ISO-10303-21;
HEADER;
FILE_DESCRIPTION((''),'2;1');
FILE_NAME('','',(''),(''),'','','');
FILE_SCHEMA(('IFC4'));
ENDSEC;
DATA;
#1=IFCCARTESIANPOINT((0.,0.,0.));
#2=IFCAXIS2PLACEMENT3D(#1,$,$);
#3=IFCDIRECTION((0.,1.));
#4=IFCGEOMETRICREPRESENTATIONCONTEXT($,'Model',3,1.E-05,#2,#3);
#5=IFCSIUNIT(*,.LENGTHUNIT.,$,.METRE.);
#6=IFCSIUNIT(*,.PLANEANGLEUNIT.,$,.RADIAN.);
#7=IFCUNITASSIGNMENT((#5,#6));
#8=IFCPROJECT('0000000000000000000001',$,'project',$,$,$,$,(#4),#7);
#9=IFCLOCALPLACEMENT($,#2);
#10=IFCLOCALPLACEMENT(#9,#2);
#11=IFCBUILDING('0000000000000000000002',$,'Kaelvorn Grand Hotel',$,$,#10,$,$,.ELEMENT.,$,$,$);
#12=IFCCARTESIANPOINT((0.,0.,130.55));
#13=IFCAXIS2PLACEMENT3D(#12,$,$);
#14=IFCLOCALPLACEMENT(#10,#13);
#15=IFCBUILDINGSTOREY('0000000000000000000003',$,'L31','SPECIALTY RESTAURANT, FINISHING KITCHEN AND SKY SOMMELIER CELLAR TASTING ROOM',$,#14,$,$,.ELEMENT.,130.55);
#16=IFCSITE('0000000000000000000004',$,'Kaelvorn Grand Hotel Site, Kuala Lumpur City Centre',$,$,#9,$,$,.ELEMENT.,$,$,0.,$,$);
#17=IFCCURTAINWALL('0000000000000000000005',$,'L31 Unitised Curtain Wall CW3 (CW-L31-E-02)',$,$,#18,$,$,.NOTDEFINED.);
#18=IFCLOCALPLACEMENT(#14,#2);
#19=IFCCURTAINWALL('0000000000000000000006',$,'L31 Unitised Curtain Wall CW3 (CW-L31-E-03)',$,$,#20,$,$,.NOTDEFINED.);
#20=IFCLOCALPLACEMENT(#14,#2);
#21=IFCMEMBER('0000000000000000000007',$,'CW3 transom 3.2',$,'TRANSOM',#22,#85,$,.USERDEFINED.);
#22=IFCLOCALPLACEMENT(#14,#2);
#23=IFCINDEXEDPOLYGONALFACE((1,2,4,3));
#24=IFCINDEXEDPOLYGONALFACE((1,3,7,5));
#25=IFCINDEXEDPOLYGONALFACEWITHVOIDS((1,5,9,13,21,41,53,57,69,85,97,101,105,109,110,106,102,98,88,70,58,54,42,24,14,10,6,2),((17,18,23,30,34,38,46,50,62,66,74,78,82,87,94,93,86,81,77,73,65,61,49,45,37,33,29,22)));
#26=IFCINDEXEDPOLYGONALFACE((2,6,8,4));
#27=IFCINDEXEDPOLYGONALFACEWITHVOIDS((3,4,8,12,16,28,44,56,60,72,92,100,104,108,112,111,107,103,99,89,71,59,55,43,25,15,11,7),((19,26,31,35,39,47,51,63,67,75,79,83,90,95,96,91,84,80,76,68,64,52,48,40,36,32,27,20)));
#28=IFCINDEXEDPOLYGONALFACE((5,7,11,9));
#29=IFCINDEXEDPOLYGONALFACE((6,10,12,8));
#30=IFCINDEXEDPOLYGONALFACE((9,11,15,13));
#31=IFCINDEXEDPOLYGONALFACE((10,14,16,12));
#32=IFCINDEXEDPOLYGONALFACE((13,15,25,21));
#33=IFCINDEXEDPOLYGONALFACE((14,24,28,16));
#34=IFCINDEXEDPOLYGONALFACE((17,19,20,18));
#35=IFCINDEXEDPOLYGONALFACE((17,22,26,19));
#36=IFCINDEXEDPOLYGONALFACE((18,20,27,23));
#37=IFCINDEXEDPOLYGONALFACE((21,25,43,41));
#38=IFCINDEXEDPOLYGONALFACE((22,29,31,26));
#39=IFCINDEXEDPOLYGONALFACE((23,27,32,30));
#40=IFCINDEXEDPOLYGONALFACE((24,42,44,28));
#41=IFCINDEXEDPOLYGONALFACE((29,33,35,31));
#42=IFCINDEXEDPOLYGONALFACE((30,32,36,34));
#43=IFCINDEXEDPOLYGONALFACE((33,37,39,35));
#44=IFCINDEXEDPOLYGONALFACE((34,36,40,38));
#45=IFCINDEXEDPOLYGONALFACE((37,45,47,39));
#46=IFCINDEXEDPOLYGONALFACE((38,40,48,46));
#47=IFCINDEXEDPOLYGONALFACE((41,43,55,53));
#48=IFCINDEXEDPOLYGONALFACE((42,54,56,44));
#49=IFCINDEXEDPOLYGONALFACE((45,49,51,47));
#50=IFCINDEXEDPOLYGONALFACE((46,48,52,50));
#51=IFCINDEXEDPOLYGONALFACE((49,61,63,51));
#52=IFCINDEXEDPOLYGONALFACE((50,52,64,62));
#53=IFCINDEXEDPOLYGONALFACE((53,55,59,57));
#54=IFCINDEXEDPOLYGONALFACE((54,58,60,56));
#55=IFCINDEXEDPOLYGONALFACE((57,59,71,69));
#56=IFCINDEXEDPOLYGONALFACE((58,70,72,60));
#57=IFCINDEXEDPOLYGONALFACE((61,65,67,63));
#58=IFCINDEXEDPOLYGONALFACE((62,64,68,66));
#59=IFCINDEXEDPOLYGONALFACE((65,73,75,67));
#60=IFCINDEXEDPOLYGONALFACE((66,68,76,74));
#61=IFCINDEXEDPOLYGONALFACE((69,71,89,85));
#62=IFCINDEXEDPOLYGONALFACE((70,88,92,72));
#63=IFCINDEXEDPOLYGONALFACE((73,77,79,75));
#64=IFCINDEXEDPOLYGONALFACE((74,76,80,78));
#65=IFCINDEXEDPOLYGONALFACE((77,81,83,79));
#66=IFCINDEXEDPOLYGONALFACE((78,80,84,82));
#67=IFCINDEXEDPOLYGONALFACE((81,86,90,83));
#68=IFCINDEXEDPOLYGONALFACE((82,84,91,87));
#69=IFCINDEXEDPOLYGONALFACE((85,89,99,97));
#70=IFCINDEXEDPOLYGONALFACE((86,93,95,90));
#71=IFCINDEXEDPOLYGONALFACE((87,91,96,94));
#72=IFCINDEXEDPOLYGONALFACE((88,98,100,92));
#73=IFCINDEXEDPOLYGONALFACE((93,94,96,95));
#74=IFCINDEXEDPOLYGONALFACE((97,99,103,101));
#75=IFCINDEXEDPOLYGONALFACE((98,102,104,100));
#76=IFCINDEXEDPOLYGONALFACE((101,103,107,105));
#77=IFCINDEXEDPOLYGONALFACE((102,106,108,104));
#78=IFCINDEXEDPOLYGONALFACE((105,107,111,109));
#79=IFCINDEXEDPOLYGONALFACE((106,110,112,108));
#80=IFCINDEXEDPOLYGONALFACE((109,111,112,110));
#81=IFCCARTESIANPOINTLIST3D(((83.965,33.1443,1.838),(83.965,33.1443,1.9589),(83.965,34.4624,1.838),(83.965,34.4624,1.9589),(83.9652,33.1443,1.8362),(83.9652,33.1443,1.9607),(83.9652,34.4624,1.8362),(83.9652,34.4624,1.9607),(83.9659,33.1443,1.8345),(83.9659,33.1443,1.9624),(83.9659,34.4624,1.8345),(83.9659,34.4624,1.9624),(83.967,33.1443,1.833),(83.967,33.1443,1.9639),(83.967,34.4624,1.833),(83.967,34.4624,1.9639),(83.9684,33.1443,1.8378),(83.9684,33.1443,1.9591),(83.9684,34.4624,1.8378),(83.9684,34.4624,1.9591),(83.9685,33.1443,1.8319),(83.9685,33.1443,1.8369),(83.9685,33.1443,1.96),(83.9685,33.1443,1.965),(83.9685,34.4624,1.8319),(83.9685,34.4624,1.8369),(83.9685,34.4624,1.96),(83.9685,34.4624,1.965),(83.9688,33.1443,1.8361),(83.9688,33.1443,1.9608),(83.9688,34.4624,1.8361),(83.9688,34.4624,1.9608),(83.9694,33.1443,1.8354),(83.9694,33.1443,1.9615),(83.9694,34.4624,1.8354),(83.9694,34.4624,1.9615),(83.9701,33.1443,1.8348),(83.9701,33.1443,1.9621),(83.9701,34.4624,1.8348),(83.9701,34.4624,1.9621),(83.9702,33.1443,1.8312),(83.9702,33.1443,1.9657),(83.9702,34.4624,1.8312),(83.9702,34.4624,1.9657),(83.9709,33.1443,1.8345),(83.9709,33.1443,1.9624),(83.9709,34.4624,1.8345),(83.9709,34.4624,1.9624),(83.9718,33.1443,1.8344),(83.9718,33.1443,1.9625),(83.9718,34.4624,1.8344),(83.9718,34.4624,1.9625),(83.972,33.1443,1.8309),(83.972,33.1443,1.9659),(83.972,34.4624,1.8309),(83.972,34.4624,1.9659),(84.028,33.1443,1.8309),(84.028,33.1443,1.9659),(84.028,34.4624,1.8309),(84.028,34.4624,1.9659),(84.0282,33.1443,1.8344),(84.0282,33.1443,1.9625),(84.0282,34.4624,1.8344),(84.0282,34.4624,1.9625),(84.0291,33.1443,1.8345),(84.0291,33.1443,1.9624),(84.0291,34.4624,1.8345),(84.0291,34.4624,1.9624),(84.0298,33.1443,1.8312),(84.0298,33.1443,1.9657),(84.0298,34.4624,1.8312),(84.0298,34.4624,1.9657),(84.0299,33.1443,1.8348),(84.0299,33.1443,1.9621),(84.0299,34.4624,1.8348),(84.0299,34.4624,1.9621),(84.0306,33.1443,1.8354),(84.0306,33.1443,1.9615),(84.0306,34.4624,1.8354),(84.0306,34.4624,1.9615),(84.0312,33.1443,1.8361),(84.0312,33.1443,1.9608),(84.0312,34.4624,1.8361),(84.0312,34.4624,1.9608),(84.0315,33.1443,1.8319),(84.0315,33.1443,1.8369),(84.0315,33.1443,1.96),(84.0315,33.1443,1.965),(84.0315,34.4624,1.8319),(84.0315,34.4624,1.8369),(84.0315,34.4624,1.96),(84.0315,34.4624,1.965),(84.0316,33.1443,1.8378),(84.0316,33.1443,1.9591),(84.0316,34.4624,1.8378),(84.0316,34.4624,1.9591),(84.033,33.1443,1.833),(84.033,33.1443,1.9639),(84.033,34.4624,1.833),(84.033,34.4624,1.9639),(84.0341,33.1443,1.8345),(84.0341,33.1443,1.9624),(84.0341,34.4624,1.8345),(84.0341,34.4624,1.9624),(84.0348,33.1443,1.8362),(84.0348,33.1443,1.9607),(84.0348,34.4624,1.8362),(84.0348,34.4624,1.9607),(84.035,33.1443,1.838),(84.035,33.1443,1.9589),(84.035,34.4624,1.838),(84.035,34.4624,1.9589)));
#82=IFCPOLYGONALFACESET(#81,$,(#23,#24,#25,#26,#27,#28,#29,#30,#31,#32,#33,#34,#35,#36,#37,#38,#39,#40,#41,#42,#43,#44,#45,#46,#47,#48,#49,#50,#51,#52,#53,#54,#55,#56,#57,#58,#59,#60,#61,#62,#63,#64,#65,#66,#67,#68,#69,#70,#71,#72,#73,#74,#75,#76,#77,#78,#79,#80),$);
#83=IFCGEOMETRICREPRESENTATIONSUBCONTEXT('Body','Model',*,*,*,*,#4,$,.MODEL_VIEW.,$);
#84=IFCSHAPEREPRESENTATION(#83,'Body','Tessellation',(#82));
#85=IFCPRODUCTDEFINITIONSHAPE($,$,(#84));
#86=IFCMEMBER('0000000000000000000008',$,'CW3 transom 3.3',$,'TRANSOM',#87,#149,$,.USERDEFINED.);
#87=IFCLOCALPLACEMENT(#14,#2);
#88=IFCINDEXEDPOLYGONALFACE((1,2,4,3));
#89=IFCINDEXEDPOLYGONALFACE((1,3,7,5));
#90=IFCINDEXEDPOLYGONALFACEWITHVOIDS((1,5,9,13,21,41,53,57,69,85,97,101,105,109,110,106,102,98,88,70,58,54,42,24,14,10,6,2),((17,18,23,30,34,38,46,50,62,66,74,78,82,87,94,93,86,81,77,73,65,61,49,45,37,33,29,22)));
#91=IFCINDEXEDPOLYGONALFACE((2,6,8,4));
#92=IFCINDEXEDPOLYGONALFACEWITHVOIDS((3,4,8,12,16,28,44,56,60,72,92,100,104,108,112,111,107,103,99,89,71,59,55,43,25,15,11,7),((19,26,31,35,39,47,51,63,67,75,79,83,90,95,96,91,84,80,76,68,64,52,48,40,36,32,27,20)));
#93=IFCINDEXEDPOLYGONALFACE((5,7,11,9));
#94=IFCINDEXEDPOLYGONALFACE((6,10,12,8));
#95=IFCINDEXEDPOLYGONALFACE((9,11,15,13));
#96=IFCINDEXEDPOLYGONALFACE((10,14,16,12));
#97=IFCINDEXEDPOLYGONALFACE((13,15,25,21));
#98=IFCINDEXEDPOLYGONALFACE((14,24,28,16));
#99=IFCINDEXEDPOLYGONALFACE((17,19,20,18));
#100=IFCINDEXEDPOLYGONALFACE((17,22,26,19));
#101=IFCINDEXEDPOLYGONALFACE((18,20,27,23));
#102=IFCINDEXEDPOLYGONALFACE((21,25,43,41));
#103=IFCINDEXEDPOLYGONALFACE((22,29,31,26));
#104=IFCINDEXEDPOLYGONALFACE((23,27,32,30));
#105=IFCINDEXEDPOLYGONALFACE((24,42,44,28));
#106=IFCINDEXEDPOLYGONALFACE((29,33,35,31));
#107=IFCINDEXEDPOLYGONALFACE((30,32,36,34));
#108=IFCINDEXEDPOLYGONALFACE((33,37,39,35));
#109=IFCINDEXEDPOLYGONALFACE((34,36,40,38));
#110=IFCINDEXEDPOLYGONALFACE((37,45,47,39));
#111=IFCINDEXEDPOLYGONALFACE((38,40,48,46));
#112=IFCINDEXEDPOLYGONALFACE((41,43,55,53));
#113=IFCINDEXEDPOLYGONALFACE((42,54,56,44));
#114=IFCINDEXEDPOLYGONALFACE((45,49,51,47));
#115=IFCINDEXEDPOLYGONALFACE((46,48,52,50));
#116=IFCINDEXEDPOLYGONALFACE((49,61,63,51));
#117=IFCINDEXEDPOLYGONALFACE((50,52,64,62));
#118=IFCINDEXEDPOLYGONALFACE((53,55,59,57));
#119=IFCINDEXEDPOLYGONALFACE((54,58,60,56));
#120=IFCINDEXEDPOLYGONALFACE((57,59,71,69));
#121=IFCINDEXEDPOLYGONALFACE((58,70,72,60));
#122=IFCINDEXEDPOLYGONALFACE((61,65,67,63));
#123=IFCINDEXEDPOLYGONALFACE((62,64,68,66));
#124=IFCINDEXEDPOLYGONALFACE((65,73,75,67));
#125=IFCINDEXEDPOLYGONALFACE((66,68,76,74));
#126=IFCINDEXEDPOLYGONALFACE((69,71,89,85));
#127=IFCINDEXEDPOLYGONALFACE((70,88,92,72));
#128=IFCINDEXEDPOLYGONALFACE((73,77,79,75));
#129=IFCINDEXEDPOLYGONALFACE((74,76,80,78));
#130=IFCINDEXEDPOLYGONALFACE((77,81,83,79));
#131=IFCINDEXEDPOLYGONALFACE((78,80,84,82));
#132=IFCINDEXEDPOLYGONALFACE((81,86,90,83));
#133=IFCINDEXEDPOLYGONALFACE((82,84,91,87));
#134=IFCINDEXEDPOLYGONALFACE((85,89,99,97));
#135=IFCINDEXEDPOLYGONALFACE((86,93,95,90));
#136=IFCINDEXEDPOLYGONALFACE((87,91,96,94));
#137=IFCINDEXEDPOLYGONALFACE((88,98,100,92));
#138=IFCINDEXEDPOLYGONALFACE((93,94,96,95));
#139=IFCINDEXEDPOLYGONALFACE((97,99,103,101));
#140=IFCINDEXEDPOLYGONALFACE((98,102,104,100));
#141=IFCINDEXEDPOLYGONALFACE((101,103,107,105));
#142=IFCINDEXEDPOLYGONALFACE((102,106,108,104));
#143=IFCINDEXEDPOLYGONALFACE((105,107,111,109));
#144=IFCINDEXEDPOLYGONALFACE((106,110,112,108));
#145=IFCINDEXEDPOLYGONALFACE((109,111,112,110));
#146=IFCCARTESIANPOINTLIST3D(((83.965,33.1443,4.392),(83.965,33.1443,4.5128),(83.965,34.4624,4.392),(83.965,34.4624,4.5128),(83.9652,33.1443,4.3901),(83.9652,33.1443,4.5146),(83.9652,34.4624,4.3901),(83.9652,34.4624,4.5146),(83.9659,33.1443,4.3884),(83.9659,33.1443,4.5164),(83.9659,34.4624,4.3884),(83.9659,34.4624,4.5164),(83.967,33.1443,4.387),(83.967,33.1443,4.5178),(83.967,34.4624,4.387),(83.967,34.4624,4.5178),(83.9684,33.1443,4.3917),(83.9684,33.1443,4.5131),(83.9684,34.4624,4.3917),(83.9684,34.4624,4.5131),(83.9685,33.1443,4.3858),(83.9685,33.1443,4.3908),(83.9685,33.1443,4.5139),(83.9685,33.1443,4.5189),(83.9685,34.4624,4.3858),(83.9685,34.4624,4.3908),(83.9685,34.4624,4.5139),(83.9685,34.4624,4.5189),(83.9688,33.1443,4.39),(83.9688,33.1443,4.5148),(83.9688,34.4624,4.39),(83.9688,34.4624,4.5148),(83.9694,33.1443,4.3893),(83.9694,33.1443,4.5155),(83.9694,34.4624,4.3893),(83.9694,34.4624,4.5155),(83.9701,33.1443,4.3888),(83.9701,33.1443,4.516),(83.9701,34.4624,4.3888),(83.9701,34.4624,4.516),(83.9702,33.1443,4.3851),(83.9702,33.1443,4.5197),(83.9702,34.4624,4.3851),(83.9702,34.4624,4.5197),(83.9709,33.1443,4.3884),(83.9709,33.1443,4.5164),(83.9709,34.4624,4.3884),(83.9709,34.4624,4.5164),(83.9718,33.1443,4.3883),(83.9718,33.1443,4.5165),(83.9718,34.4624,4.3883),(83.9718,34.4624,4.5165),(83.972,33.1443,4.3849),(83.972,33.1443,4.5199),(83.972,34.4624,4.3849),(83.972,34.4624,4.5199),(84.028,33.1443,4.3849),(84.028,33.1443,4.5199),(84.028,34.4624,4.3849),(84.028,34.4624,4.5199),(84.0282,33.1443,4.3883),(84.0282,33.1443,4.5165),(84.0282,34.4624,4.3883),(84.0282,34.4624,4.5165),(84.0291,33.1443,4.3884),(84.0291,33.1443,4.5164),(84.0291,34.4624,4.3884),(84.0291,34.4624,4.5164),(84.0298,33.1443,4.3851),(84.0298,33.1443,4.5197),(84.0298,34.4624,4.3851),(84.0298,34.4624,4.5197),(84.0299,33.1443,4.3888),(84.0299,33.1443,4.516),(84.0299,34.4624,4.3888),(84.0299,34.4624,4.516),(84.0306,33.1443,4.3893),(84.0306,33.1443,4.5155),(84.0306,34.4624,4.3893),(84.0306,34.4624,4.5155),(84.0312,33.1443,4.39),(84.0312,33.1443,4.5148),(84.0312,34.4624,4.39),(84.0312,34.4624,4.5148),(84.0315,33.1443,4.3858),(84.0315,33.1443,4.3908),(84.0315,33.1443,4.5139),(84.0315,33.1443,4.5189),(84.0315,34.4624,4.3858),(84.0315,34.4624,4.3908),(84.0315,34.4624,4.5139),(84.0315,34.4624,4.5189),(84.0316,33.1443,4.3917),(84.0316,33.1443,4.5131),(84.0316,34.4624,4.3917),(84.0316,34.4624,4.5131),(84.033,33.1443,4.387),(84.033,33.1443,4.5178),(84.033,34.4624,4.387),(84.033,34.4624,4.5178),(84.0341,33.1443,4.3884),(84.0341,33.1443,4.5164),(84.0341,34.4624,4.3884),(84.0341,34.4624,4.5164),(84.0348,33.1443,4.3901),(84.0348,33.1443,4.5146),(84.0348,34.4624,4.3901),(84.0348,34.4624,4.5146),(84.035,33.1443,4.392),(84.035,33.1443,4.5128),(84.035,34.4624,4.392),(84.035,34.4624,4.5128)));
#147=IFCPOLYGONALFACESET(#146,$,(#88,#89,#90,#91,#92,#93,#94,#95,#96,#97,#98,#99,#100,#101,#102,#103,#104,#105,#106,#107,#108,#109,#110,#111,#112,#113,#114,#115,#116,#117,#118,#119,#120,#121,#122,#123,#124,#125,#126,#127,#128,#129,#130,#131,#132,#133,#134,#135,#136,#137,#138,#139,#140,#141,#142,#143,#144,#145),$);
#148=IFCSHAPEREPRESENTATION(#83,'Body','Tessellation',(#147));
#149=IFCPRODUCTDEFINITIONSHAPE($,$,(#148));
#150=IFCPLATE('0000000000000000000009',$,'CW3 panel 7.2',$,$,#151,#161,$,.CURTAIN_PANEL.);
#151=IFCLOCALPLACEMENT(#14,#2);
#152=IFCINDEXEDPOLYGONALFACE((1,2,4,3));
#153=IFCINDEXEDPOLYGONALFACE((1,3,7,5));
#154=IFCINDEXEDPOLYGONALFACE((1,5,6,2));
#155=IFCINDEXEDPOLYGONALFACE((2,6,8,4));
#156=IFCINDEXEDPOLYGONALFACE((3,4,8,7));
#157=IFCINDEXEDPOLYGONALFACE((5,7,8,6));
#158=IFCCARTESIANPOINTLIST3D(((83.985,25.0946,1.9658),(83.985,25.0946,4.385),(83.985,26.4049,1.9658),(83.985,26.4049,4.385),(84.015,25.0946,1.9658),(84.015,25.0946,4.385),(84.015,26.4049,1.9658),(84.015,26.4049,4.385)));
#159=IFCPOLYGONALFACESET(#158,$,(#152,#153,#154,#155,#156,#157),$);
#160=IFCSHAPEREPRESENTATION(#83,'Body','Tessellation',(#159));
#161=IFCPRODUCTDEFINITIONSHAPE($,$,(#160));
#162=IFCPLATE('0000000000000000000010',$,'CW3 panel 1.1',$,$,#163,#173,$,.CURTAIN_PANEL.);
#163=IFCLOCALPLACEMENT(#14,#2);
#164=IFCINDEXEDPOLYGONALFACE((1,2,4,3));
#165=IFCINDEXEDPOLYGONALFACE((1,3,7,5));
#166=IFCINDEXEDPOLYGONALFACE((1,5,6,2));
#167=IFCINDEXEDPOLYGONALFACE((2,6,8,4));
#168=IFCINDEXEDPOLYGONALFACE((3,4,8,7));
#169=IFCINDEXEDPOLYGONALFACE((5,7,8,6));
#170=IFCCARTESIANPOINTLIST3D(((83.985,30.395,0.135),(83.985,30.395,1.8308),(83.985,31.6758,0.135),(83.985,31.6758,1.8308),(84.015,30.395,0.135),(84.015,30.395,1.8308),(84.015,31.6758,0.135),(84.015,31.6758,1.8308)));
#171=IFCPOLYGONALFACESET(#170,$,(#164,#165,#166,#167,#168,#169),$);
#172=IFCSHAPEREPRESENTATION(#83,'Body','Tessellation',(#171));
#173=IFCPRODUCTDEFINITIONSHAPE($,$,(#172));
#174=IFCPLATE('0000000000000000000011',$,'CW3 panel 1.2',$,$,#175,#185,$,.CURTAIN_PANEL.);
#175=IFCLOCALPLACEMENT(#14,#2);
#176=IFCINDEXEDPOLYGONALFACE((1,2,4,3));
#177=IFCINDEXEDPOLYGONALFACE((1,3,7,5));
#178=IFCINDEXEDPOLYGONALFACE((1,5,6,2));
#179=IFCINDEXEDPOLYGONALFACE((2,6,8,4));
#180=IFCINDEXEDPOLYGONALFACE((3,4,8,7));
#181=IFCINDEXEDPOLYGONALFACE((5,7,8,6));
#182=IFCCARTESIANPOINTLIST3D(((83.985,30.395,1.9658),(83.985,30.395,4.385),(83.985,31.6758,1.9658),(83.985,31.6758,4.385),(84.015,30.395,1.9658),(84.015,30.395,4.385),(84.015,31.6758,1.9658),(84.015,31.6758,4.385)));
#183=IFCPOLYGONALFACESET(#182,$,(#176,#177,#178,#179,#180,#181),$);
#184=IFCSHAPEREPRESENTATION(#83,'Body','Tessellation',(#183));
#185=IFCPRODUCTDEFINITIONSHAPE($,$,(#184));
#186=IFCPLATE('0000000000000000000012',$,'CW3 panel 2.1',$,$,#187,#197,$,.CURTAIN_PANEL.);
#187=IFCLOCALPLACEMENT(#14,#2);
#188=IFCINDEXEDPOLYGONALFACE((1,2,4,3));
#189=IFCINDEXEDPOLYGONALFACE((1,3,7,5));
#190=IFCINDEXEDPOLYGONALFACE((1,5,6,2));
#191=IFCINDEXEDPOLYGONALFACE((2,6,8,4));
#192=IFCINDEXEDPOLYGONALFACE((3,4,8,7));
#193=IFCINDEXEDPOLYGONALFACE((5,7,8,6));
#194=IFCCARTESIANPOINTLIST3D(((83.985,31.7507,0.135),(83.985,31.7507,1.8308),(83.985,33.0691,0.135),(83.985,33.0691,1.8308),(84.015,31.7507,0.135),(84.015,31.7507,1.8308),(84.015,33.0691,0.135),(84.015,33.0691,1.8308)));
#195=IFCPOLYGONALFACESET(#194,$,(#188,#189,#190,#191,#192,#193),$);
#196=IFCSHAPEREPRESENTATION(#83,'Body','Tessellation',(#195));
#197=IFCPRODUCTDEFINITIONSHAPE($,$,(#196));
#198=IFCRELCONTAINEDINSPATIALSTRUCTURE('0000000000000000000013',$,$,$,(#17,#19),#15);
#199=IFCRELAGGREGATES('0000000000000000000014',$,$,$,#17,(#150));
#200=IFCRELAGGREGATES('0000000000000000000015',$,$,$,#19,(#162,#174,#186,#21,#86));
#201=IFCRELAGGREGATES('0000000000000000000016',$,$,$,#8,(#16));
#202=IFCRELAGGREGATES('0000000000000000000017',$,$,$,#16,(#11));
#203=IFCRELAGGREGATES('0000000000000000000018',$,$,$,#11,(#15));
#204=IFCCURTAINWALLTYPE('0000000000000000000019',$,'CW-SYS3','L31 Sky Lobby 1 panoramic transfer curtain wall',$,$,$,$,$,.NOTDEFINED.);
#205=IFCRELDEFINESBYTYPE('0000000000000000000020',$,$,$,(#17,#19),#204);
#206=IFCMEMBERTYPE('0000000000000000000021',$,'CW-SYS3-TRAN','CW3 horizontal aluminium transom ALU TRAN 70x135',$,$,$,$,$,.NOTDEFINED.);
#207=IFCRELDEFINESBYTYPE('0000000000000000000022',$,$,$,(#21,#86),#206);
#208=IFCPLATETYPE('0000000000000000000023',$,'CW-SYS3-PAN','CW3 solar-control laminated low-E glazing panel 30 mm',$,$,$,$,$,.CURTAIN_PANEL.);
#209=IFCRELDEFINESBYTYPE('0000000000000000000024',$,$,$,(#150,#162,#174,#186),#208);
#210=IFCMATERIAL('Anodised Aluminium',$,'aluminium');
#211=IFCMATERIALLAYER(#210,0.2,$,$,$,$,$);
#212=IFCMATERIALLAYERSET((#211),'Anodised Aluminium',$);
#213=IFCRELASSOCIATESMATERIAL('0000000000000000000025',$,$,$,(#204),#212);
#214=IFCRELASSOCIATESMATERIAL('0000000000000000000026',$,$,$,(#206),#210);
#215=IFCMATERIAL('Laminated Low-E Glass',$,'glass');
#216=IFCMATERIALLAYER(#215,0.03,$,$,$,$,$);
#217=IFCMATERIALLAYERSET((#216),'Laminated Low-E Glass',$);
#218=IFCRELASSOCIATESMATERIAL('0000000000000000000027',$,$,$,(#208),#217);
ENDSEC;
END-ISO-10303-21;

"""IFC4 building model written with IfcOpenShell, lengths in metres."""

from ifc_helpers import new_model, si_unit, direction, frame, origin, origin_2d, place, context, subcontext, project, spatial, rectangle, hollow_rectangle, extrude, material, layer, layer_set, material_profile, profile_set, type_object, element, aggregate, save


model = new_model("IFC4")

# Units and contexts
model_context = context("Model", 3, precision=1e-05, world=origin(), true_north=direction((0.0, 1.0)))
body_context = subcontext(model_context, "Body", "Model", "MODEL_VIEW")
ifc_project = project(units=[si_unit("LENGTHUNIT", "METRE"), si_unit("PLANEANGLEUNIT", "RADIAN")], contexts=[model_context])

# Site, building, storey
site_placement = place(None, origin())
site = spatial("IfcSite", under=ifc_project, at=site_placement, Name="Kaelvorn Grand Hotel Site, Kuala Lumpur City Centre", CompositionType="ELEMENT", RefElevation=0.0)
building_placement = place(site_placement, origin())
building = spatial("IfcBuilding", under=site, at=building_placement, Name="Kaelvorn Grand Hotel", CompositionType="ELEMENT")
storey_placement = place(building_placement, frame((0.0, 0.0, 130.55)))
storey = spatial("IfcBuildingStorey", under=building, at=storey_placement, Name="L31", Description="SPECIALTY RESTAURANT, FINISHING KITCHEN AND SKY SOMMELIER CELLAR TASTING ROOM", CompositionType="ELEMENT", Elevation=130.55)

# Curtain wall
ifc_material_1 = material(Name="Anodised Aluminium", Category="aluminium")
ifc_layer_1 = layer(ifc_material_1, 0.2)
ifc_layer_set_1 = layer_set([ifc_layer_1], Name="Anodised Aluminium")
curtain_wall_type = type_object("IfcCurtainWallType", Name="CW-SYS3", Description="L31 Sky Lobby 1 panoramic transfer curtain wall", PredefinedType="NOTDEFINED", material=ifc_layer_set_1)
curtain_wall_1_placement = place(storey_placement, origin())
curtain_wall_1 = element("IfcCurtainWall", 1, at=curtain_wall_1_placement, inside=storey, type_object=curtain_wall_type, Name="L31 Unitised Curtain Wall CW3 (CW-L31-E-02)", PredefinedType="NOTDEFINED")

# Curtain wall, members
curtain_wall_2_placement = place(storey_placement, origin())
curtain_wall_2 = element("IfcCurtainWall", 2, at=curtain_wall_2_placement, inside=storey, type_object=curtain_wall_type, Name="L31 Unitised Curtain Wall CW3 (CW-L31-E-03)", PredefinedType="NOTDEFINED")
ifc_material_profile_1 = material_profile(ifc_material_1, hollow_rectangle(XDim=0.0701, YDim=0.135, WallThickness=0.0034, InnerFilletRadius=0.0034, OuterFilletRadius=0.0071, at=origin_2d()), Name="ALU TRAN 70x135")
ifc_profile_set_1 = profile_set([ifc_material_profile_1], Name="Anodised Aluminium")
member_type_1 = type_object("IfcMemberType", Name="CW-SYS3-TRAN", Description="CW3 horizontal aluminium transom ALU TRAN 70x135", PredefinedType="NOTDEFINED", material=ifc_profile_set_1)
member_1_placement = place(storey_placement, frame((84.0, 33.1443, 1.8984), z_axis=(0.0, 1.0, 0.0), x_axis=(-1.0, 0.0, 0.0)))
member_1 = element("IfcMember", 3, at=member_1_placement, type_object=member_type_1, Name="CW3 transom 3.2", ObjectType="TRANSOM", PredefinedType="USERDEFINED", context=body_context, shape_type="SweptSolid", body=[
    extrude(hollow_rectangle(XDim=0.0701, YDim=0.135, WallThickness=0.0034, InnerFilletRadius=0.0034, OuterFilletRadius=0.0071, at=origin_2d()), origin(), (0.0, 0.0, 1.0), 1.3181),
])
member_2_placement = place(storey_placement, frame((84.0, 33.1443, 4.4524), z_axis=(0.0, 1.0, 0.0), x_axis=(-1.0, 0.0, 0.0)))
member_2 = element("IfcMember", 4, at=member_2_placement, type_object=member_type_1, Name="CW3 transom 3.3", ObjectType="TRANSOM", PredefinedType="USERDEFINED", context=body_context, shape_type="SweptSolid", body=[
    extrude(hollow_rectangle(XDim=0.0701, YDim=0.135, WallThickness=0.0034, InnerFilletRadius=0.0034, OuterFilletRadius=0.0071, at=origin_2d()), origin(), (0.0, 0.0, 1.0), 1.3181),
])

# Plates
ifc_material_2 = material(Name="Laminated Low-E Glass", Category="glass")
ifc_layer_2 = layer(ifc_material_2, 0.03)
ifc_layer_set_2 = layer_set([ifc_layer_2], Name="Laminated Low-E Glass")
plate_type = type_object("IfcPlateType", Name="CW-SYS3-PAN", Description="CW3 solar-control laminated low-E glazing panel 30 mm", PredefinedType="CURTAIN_PANEL", material=ifc_layer_set_2)
plate_1_placement = place(storey_placement, frame((84.0, 25.7498, 1.9658), z_axis=(0.0, 0.0, 1.0), x_axis=(0.0, 1.0, 0.0)))
plate_1 = element("IfcPlate", 5, at=plate_1_placement, type_object=plate_type, Name="CW3 panel 7.2", PredefinedType="CURTAIN_PANEL", context=body_context, shape_type="SweptSolid", body=[
    extrude(rectangle(XDim=1.3103, YDim=0.03, at=origin_2d()), origin(), (0.0, 0.0, 1.0), 2.4192),
])
aggregate(curtain_wall_1, [plate_1])
plate_2_placement = place(storey_placement, frame((84.0, 31.0354, 0.135), z_axis=(0.0, 0.0, 1.0), x_axis=(0.0, 1.0, 0.0)))
plate_2 = element("IfcPlate", 6, at=plate_2_placement, type_object=plate_type, Name="CW3 panel 1.1", PredefinedType="CURTAIN_PANEL", context=body_context, shape_type="SweptSolid", body=[
    extrude(rectangle(XDim=1.2808, YDim=0.03, at=origin_2d()), origin(), (0.0, 0.0, 1.0), 1.6958),
])
plate_3_placement = place(storey_placement, frame((84.0, 31.0354, 1.9658), z_axis=(0.0, 0.0, 1.0), x_axis=(0.0, 1.0, 0.0)))
plate_3 = element("IfcPlate", 7, at=plate_3_placement, type_object=plate_type, Name="CW3 panel 1.2", PredefinedType="CURTAIN_PANEL", context=body_context, shape_type="SweptSolid", body=[
    extrude(rectangle(XDim=1.2808, YDim=0.03, at=origin_2d()), origin(), (0.0, 0.0, 1.0), 2.4192),
])
plate_4_placement = place(storey_placement, frame((84.0, 32.4099, 0.135), z_axis=(0.0, 0.0, 1.0), x_axis=(0.0, 1.0, 0.0)))
plate_4 = element("IfcPlate", 8, at=plate_4_placement, type_object=plate_type, Name="CW3 panel 2.1", PredefinedType="CURTAIN_PANEL", context=body_context, shape_type="SweptSolid", body=[
    extrude(rectangle(XDim=1.3184, YDim=0.03, at=origin_2d()), origin(), (0.0, 0.0, 1.0), 1.6958),
])
aggregate(curtain_wall_2, [plate_2, plate_3, plate_4, member_1, member_2])

save(model, "model.ifc")
